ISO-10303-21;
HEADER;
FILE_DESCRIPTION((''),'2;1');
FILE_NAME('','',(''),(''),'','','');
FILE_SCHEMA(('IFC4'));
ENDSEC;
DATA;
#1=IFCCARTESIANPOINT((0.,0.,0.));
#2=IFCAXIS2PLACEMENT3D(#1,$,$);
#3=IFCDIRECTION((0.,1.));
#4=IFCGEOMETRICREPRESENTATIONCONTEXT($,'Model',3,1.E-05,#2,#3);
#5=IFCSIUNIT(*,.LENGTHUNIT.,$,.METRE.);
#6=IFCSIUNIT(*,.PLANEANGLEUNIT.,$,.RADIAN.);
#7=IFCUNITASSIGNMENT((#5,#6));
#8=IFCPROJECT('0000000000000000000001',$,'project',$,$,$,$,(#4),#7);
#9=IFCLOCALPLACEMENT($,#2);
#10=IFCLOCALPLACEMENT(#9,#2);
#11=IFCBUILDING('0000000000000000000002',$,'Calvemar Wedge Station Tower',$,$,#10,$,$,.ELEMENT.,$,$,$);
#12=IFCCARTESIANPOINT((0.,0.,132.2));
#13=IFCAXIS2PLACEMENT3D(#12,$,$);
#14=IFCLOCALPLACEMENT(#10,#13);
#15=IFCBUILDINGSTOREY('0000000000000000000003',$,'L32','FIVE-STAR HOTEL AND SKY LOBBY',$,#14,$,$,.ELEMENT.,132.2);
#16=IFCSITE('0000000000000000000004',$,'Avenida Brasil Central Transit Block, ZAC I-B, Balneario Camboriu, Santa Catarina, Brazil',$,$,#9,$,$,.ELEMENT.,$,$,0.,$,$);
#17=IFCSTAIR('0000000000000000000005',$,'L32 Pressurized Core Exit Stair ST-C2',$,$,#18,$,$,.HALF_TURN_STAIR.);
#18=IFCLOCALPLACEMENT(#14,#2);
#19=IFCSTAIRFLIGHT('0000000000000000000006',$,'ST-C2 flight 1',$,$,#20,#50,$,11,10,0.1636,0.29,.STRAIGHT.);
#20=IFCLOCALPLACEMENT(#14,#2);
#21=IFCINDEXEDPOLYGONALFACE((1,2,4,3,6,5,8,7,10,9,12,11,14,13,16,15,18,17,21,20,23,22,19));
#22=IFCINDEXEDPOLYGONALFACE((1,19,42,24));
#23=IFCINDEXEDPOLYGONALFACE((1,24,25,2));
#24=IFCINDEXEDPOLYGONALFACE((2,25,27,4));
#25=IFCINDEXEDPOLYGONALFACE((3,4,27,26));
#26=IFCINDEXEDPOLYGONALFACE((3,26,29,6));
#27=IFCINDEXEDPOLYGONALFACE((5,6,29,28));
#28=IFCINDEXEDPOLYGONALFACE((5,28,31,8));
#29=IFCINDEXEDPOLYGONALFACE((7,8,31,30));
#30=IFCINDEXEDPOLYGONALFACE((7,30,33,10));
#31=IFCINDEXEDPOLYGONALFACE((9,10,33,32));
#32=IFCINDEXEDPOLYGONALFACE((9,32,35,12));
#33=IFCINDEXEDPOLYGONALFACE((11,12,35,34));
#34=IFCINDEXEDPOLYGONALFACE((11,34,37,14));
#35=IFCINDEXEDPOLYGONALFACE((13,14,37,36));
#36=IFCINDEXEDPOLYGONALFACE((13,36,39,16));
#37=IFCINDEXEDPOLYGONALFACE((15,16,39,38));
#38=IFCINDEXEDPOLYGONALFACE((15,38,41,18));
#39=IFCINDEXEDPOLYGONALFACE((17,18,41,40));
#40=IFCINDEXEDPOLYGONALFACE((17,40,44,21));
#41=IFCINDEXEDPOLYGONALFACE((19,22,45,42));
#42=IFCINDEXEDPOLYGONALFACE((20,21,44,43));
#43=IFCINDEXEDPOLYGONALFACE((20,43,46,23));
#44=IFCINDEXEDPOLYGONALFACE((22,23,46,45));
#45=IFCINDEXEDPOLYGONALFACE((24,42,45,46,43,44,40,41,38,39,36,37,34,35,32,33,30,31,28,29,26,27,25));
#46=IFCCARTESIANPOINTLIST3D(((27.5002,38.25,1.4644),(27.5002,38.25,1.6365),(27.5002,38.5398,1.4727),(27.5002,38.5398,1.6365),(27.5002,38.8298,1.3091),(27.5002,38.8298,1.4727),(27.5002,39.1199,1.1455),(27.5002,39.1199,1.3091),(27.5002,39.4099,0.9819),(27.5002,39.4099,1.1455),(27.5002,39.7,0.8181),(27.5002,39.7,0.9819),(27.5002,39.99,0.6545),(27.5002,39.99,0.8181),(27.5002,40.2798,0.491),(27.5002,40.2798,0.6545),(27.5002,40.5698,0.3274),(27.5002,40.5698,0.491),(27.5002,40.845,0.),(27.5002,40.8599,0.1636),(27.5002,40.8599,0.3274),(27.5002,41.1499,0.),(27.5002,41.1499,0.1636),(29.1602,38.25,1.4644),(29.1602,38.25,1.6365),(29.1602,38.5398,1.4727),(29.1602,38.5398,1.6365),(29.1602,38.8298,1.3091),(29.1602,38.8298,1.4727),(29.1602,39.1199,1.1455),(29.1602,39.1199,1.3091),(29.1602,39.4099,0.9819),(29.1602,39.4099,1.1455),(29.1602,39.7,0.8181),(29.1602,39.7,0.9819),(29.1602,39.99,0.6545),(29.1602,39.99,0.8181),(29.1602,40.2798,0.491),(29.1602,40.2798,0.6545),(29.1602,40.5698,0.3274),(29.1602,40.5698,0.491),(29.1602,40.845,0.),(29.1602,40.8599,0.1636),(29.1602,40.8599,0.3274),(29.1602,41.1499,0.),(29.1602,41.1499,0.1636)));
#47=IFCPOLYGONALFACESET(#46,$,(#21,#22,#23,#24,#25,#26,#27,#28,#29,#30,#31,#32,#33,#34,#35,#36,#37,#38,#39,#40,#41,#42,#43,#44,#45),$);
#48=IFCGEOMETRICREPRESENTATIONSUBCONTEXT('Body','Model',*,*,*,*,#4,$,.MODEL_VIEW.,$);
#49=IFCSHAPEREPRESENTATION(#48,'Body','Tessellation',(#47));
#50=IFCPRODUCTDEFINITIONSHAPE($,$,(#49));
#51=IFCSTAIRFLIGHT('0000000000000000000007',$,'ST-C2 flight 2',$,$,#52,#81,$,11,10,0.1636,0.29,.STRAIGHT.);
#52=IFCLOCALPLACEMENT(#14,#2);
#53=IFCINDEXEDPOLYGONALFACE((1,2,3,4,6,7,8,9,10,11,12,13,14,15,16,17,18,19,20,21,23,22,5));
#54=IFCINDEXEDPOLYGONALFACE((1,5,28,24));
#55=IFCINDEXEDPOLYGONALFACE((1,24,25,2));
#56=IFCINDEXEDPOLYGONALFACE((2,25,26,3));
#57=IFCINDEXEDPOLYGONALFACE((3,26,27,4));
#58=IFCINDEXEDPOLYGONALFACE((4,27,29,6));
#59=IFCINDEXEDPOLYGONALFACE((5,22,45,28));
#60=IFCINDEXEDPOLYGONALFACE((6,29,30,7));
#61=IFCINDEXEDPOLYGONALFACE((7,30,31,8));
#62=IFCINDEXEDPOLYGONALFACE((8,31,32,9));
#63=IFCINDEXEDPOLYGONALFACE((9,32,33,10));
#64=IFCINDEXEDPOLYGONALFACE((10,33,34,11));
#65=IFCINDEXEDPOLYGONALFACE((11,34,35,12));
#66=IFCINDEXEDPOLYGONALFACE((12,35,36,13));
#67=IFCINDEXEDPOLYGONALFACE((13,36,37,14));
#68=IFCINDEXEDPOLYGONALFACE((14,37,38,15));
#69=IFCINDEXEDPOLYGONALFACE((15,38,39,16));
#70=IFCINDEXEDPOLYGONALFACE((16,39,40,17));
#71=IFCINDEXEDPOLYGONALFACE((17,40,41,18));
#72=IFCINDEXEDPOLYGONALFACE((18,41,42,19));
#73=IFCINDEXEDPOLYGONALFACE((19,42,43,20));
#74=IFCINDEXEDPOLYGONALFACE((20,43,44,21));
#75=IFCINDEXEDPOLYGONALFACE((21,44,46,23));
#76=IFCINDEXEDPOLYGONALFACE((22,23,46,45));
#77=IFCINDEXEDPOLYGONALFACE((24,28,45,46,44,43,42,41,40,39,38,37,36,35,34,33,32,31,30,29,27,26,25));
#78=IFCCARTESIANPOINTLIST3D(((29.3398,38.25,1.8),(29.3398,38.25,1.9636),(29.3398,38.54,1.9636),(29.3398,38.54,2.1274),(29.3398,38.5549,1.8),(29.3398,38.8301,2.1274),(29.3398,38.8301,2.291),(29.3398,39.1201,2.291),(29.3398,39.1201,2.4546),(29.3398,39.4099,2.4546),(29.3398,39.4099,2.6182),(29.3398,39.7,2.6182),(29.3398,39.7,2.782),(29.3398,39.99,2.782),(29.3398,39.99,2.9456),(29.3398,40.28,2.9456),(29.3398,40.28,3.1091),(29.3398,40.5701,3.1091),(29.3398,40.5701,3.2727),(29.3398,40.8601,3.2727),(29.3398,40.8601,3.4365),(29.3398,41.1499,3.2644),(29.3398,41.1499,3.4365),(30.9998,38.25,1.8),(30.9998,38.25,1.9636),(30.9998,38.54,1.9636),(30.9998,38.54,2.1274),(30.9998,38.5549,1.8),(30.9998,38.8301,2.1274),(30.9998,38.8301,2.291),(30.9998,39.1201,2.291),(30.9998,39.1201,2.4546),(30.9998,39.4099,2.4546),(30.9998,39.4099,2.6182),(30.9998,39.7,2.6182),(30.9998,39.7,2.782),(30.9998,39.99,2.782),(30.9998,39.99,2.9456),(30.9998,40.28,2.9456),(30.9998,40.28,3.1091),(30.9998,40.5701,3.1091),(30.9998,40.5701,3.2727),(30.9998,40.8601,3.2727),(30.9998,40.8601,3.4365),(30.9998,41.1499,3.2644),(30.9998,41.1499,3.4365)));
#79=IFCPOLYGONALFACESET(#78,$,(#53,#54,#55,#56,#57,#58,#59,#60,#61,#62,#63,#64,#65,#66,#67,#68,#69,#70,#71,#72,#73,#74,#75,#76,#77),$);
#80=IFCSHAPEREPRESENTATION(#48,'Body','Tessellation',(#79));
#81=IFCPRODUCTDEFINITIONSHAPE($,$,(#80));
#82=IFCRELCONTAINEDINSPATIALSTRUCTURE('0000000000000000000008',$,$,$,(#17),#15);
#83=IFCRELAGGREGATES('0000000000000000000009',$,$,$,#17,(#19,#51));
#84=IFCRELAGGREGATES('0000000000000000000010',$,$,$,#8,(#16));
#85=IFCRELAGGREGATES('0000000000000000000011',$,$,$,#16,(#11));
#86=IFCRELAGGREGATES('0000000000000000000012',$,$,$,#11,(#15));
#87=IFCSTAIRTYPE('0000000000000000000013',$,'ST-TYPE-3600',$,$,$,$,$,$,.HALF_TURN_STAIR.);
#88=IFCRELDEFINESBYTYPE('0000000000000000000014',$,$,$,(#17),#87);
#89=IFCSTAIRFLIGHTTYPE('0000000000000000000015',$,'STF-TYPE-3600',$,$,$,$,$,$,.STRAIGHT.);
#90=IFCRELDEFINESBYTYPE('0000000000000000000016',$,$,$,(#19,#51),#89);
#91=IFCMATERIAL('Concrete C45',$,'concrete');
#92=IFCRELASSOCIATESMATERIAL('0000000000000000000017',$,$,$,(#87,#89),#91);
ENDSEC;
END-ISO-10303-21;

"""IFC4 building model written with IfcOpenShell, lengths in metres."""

from ifc_helpers import new_model, si_unit, direction, frame, origin, place, context, subcontext, project, spatial, polyline, outline, extrude, material, type_object, element, aggregate, save


model = new_model("IFC4")

# Units and contexts
model_context = context("Model", 3, precision=1e-05, world=origin(), true_north=direction((0.0, 1.0)))
body_context = subcontext(model_context, "Body", "Model", "MODEL_VIEW")
ifc_project = project(units=[si_unit("LENGTHUNIT", "METRE"), si_unit("PLANEANGLEUNIT", "RADIAN")], contexts=[model_context])

# Site, building, storey
site_placement = place(None, origin())
site = spatial("IfcSite", under=ifc_project, at=site_placement, Name="Avenida Brasil Central Transit Block, ZAC I-B, Balneario Camboriu, Santa Catarina, Brazil", CompositionType="ELEMENT", RefElevation=0.0)
building_placement = place(site_placement, origin())
building = spatial("IfcBuilding", under=site, at=building_placement, Name="Calvemar Wedge Station Tower", CompositionType="ELEMENT")
storey_placement = place(building_placement, frame((0.0, 0.0, 132.2)))
storey = spatial("IfcBuildingStorey", under=building, at=storey_placement, Name="L32", Description="FIVE-STAR HOTEL AND SKY LOBBY", CompositionType="ELEMENT", Elevation=132.2)

# Stair, stair flights
ifc_material_1 = material(Name="Concrete C45", Category="concrete")
stair_type = type_object("IfcStairType", Name="ST-TYPE-3600", PredefinedType="HALF_TURN_STAIR", material=ifc_material_1)
stair_placement = place(storey_placement, origin())
stair = element("IfcStair", 1, at=stair_placement, inside=storey, type_object=stair_type, Name="L32 Pressurized Core Exit Stair ST-C2", PredefinedType="HALF_TURN_STAIR")
stair_flight_type = type_object("IfcStairFlightType", Name="STF-TYPE-3600", PredefinedType="STRAIGHT", material=ifc_material_1)
stair_flight_1_placement = place(storey_placement, frame((28.3301, 41.1499, 0.0), z_axis=(0.0, 0.0, 1.0), x_axis=(0.0, -1.0, 0.0)))
stair_flight_1 = element("IfcStairFlight", 2, at=stair_flight_1_placement, type_object=stair_flight_type, Name="ST-C2 flight 1", NumberOfRisers=11, NumberOfTreads=10, PredefinedType="STRAIGHT", RiserHeight=0.1636, TreadLength=0.29, context=body_context, shape_type="SweptSolid", body=[
    extrude(outline(polyline([(0.0, 0.0), (0.0, 0.1636), (0.29, 0.1636), (0.29, 0.3274), (0.5801, 0.3274), (0.5801, 0.491), (0.8701, 0.491), (0.8701, 0.6545), (1.1599, 0.6545), (1.1599, 0.8181), (1.45, 0.8181), (1.45, 0.9819), (1.74, 0.9819), (1.74, 1.1455), (2.03, 1.1455), (2.03, 1.3091), (2.3201, 1.3091), (2.3201, 1.4727), (2.6101, 1.4727), (2.6101, 1.6365), (2.8999, 1.6365), (2.8999, 1.8), (2.8999, 1.4644), (0.3049, 0.0), (0.0, 0.0)])), frame((0.0, 0.8301, 0.0), z_axis=(0.0, -1.0, 0.0), x_axis=(1.0, 0.0, 0.0)), (0.0, 0.0, 1.0), 1.6599),
])
stair_flight_2_placement = place(storey_placement, frame((30.1699, 38.25, 1.8), z_axis=(0.0, 0.0, 1.0), x_axis=(0.0, 1.0, 0.0)))
stair_flight_2 = element("IfcStairFlight", 3, at=stair_flight_2_placement, type_object=stair_flight_type, Name="ST-C2 flight 2", NumberOfRisers=11, NumberOfTreads=10, PredefinedType="STRAIGHT", RiserHeight=0.1636, TreadLength=0.29, context=body_context, shape_type="SweptSolid", body=[
    extrude(outline(polyline([(0.0, 0.0), (0.0, 0.1636), (0.29, 0.1636), (0.29, 0.3274), (0.5801, 0.3274), (0.5801, 0.491), (0.8701, 0.491), (0.8701, 0.6545), (1.1599, 0.6545), (1.1599, 0.8181), (1.45, 0.8181), (1.45, 0.9819), (1.74, 0.9819), (1.74, 1.1455), (2.03, 1.1455), (2.03, 1.3091), (2.3201, 1.3091), (2.3201, 1.4727), (2.6101, 1.4727), (2.6101, 1.6365), (2.8999, 1.6365), (2.8999, 1.8), (2.8999, 1.4644), (0.3049, 0.0), (0.0, 0.0)])), frame((0.0, 0.8301, 0.0), z_axis=(0.0, -1.0, 0.0), x_axis=(1.0, 0.0, 0.0)), (0.0, 0.0, 1.0), 1.6599),
])
aggregate(stair, [stair_flight_1, stair_flight_2])

save(model, "model.ifc")
